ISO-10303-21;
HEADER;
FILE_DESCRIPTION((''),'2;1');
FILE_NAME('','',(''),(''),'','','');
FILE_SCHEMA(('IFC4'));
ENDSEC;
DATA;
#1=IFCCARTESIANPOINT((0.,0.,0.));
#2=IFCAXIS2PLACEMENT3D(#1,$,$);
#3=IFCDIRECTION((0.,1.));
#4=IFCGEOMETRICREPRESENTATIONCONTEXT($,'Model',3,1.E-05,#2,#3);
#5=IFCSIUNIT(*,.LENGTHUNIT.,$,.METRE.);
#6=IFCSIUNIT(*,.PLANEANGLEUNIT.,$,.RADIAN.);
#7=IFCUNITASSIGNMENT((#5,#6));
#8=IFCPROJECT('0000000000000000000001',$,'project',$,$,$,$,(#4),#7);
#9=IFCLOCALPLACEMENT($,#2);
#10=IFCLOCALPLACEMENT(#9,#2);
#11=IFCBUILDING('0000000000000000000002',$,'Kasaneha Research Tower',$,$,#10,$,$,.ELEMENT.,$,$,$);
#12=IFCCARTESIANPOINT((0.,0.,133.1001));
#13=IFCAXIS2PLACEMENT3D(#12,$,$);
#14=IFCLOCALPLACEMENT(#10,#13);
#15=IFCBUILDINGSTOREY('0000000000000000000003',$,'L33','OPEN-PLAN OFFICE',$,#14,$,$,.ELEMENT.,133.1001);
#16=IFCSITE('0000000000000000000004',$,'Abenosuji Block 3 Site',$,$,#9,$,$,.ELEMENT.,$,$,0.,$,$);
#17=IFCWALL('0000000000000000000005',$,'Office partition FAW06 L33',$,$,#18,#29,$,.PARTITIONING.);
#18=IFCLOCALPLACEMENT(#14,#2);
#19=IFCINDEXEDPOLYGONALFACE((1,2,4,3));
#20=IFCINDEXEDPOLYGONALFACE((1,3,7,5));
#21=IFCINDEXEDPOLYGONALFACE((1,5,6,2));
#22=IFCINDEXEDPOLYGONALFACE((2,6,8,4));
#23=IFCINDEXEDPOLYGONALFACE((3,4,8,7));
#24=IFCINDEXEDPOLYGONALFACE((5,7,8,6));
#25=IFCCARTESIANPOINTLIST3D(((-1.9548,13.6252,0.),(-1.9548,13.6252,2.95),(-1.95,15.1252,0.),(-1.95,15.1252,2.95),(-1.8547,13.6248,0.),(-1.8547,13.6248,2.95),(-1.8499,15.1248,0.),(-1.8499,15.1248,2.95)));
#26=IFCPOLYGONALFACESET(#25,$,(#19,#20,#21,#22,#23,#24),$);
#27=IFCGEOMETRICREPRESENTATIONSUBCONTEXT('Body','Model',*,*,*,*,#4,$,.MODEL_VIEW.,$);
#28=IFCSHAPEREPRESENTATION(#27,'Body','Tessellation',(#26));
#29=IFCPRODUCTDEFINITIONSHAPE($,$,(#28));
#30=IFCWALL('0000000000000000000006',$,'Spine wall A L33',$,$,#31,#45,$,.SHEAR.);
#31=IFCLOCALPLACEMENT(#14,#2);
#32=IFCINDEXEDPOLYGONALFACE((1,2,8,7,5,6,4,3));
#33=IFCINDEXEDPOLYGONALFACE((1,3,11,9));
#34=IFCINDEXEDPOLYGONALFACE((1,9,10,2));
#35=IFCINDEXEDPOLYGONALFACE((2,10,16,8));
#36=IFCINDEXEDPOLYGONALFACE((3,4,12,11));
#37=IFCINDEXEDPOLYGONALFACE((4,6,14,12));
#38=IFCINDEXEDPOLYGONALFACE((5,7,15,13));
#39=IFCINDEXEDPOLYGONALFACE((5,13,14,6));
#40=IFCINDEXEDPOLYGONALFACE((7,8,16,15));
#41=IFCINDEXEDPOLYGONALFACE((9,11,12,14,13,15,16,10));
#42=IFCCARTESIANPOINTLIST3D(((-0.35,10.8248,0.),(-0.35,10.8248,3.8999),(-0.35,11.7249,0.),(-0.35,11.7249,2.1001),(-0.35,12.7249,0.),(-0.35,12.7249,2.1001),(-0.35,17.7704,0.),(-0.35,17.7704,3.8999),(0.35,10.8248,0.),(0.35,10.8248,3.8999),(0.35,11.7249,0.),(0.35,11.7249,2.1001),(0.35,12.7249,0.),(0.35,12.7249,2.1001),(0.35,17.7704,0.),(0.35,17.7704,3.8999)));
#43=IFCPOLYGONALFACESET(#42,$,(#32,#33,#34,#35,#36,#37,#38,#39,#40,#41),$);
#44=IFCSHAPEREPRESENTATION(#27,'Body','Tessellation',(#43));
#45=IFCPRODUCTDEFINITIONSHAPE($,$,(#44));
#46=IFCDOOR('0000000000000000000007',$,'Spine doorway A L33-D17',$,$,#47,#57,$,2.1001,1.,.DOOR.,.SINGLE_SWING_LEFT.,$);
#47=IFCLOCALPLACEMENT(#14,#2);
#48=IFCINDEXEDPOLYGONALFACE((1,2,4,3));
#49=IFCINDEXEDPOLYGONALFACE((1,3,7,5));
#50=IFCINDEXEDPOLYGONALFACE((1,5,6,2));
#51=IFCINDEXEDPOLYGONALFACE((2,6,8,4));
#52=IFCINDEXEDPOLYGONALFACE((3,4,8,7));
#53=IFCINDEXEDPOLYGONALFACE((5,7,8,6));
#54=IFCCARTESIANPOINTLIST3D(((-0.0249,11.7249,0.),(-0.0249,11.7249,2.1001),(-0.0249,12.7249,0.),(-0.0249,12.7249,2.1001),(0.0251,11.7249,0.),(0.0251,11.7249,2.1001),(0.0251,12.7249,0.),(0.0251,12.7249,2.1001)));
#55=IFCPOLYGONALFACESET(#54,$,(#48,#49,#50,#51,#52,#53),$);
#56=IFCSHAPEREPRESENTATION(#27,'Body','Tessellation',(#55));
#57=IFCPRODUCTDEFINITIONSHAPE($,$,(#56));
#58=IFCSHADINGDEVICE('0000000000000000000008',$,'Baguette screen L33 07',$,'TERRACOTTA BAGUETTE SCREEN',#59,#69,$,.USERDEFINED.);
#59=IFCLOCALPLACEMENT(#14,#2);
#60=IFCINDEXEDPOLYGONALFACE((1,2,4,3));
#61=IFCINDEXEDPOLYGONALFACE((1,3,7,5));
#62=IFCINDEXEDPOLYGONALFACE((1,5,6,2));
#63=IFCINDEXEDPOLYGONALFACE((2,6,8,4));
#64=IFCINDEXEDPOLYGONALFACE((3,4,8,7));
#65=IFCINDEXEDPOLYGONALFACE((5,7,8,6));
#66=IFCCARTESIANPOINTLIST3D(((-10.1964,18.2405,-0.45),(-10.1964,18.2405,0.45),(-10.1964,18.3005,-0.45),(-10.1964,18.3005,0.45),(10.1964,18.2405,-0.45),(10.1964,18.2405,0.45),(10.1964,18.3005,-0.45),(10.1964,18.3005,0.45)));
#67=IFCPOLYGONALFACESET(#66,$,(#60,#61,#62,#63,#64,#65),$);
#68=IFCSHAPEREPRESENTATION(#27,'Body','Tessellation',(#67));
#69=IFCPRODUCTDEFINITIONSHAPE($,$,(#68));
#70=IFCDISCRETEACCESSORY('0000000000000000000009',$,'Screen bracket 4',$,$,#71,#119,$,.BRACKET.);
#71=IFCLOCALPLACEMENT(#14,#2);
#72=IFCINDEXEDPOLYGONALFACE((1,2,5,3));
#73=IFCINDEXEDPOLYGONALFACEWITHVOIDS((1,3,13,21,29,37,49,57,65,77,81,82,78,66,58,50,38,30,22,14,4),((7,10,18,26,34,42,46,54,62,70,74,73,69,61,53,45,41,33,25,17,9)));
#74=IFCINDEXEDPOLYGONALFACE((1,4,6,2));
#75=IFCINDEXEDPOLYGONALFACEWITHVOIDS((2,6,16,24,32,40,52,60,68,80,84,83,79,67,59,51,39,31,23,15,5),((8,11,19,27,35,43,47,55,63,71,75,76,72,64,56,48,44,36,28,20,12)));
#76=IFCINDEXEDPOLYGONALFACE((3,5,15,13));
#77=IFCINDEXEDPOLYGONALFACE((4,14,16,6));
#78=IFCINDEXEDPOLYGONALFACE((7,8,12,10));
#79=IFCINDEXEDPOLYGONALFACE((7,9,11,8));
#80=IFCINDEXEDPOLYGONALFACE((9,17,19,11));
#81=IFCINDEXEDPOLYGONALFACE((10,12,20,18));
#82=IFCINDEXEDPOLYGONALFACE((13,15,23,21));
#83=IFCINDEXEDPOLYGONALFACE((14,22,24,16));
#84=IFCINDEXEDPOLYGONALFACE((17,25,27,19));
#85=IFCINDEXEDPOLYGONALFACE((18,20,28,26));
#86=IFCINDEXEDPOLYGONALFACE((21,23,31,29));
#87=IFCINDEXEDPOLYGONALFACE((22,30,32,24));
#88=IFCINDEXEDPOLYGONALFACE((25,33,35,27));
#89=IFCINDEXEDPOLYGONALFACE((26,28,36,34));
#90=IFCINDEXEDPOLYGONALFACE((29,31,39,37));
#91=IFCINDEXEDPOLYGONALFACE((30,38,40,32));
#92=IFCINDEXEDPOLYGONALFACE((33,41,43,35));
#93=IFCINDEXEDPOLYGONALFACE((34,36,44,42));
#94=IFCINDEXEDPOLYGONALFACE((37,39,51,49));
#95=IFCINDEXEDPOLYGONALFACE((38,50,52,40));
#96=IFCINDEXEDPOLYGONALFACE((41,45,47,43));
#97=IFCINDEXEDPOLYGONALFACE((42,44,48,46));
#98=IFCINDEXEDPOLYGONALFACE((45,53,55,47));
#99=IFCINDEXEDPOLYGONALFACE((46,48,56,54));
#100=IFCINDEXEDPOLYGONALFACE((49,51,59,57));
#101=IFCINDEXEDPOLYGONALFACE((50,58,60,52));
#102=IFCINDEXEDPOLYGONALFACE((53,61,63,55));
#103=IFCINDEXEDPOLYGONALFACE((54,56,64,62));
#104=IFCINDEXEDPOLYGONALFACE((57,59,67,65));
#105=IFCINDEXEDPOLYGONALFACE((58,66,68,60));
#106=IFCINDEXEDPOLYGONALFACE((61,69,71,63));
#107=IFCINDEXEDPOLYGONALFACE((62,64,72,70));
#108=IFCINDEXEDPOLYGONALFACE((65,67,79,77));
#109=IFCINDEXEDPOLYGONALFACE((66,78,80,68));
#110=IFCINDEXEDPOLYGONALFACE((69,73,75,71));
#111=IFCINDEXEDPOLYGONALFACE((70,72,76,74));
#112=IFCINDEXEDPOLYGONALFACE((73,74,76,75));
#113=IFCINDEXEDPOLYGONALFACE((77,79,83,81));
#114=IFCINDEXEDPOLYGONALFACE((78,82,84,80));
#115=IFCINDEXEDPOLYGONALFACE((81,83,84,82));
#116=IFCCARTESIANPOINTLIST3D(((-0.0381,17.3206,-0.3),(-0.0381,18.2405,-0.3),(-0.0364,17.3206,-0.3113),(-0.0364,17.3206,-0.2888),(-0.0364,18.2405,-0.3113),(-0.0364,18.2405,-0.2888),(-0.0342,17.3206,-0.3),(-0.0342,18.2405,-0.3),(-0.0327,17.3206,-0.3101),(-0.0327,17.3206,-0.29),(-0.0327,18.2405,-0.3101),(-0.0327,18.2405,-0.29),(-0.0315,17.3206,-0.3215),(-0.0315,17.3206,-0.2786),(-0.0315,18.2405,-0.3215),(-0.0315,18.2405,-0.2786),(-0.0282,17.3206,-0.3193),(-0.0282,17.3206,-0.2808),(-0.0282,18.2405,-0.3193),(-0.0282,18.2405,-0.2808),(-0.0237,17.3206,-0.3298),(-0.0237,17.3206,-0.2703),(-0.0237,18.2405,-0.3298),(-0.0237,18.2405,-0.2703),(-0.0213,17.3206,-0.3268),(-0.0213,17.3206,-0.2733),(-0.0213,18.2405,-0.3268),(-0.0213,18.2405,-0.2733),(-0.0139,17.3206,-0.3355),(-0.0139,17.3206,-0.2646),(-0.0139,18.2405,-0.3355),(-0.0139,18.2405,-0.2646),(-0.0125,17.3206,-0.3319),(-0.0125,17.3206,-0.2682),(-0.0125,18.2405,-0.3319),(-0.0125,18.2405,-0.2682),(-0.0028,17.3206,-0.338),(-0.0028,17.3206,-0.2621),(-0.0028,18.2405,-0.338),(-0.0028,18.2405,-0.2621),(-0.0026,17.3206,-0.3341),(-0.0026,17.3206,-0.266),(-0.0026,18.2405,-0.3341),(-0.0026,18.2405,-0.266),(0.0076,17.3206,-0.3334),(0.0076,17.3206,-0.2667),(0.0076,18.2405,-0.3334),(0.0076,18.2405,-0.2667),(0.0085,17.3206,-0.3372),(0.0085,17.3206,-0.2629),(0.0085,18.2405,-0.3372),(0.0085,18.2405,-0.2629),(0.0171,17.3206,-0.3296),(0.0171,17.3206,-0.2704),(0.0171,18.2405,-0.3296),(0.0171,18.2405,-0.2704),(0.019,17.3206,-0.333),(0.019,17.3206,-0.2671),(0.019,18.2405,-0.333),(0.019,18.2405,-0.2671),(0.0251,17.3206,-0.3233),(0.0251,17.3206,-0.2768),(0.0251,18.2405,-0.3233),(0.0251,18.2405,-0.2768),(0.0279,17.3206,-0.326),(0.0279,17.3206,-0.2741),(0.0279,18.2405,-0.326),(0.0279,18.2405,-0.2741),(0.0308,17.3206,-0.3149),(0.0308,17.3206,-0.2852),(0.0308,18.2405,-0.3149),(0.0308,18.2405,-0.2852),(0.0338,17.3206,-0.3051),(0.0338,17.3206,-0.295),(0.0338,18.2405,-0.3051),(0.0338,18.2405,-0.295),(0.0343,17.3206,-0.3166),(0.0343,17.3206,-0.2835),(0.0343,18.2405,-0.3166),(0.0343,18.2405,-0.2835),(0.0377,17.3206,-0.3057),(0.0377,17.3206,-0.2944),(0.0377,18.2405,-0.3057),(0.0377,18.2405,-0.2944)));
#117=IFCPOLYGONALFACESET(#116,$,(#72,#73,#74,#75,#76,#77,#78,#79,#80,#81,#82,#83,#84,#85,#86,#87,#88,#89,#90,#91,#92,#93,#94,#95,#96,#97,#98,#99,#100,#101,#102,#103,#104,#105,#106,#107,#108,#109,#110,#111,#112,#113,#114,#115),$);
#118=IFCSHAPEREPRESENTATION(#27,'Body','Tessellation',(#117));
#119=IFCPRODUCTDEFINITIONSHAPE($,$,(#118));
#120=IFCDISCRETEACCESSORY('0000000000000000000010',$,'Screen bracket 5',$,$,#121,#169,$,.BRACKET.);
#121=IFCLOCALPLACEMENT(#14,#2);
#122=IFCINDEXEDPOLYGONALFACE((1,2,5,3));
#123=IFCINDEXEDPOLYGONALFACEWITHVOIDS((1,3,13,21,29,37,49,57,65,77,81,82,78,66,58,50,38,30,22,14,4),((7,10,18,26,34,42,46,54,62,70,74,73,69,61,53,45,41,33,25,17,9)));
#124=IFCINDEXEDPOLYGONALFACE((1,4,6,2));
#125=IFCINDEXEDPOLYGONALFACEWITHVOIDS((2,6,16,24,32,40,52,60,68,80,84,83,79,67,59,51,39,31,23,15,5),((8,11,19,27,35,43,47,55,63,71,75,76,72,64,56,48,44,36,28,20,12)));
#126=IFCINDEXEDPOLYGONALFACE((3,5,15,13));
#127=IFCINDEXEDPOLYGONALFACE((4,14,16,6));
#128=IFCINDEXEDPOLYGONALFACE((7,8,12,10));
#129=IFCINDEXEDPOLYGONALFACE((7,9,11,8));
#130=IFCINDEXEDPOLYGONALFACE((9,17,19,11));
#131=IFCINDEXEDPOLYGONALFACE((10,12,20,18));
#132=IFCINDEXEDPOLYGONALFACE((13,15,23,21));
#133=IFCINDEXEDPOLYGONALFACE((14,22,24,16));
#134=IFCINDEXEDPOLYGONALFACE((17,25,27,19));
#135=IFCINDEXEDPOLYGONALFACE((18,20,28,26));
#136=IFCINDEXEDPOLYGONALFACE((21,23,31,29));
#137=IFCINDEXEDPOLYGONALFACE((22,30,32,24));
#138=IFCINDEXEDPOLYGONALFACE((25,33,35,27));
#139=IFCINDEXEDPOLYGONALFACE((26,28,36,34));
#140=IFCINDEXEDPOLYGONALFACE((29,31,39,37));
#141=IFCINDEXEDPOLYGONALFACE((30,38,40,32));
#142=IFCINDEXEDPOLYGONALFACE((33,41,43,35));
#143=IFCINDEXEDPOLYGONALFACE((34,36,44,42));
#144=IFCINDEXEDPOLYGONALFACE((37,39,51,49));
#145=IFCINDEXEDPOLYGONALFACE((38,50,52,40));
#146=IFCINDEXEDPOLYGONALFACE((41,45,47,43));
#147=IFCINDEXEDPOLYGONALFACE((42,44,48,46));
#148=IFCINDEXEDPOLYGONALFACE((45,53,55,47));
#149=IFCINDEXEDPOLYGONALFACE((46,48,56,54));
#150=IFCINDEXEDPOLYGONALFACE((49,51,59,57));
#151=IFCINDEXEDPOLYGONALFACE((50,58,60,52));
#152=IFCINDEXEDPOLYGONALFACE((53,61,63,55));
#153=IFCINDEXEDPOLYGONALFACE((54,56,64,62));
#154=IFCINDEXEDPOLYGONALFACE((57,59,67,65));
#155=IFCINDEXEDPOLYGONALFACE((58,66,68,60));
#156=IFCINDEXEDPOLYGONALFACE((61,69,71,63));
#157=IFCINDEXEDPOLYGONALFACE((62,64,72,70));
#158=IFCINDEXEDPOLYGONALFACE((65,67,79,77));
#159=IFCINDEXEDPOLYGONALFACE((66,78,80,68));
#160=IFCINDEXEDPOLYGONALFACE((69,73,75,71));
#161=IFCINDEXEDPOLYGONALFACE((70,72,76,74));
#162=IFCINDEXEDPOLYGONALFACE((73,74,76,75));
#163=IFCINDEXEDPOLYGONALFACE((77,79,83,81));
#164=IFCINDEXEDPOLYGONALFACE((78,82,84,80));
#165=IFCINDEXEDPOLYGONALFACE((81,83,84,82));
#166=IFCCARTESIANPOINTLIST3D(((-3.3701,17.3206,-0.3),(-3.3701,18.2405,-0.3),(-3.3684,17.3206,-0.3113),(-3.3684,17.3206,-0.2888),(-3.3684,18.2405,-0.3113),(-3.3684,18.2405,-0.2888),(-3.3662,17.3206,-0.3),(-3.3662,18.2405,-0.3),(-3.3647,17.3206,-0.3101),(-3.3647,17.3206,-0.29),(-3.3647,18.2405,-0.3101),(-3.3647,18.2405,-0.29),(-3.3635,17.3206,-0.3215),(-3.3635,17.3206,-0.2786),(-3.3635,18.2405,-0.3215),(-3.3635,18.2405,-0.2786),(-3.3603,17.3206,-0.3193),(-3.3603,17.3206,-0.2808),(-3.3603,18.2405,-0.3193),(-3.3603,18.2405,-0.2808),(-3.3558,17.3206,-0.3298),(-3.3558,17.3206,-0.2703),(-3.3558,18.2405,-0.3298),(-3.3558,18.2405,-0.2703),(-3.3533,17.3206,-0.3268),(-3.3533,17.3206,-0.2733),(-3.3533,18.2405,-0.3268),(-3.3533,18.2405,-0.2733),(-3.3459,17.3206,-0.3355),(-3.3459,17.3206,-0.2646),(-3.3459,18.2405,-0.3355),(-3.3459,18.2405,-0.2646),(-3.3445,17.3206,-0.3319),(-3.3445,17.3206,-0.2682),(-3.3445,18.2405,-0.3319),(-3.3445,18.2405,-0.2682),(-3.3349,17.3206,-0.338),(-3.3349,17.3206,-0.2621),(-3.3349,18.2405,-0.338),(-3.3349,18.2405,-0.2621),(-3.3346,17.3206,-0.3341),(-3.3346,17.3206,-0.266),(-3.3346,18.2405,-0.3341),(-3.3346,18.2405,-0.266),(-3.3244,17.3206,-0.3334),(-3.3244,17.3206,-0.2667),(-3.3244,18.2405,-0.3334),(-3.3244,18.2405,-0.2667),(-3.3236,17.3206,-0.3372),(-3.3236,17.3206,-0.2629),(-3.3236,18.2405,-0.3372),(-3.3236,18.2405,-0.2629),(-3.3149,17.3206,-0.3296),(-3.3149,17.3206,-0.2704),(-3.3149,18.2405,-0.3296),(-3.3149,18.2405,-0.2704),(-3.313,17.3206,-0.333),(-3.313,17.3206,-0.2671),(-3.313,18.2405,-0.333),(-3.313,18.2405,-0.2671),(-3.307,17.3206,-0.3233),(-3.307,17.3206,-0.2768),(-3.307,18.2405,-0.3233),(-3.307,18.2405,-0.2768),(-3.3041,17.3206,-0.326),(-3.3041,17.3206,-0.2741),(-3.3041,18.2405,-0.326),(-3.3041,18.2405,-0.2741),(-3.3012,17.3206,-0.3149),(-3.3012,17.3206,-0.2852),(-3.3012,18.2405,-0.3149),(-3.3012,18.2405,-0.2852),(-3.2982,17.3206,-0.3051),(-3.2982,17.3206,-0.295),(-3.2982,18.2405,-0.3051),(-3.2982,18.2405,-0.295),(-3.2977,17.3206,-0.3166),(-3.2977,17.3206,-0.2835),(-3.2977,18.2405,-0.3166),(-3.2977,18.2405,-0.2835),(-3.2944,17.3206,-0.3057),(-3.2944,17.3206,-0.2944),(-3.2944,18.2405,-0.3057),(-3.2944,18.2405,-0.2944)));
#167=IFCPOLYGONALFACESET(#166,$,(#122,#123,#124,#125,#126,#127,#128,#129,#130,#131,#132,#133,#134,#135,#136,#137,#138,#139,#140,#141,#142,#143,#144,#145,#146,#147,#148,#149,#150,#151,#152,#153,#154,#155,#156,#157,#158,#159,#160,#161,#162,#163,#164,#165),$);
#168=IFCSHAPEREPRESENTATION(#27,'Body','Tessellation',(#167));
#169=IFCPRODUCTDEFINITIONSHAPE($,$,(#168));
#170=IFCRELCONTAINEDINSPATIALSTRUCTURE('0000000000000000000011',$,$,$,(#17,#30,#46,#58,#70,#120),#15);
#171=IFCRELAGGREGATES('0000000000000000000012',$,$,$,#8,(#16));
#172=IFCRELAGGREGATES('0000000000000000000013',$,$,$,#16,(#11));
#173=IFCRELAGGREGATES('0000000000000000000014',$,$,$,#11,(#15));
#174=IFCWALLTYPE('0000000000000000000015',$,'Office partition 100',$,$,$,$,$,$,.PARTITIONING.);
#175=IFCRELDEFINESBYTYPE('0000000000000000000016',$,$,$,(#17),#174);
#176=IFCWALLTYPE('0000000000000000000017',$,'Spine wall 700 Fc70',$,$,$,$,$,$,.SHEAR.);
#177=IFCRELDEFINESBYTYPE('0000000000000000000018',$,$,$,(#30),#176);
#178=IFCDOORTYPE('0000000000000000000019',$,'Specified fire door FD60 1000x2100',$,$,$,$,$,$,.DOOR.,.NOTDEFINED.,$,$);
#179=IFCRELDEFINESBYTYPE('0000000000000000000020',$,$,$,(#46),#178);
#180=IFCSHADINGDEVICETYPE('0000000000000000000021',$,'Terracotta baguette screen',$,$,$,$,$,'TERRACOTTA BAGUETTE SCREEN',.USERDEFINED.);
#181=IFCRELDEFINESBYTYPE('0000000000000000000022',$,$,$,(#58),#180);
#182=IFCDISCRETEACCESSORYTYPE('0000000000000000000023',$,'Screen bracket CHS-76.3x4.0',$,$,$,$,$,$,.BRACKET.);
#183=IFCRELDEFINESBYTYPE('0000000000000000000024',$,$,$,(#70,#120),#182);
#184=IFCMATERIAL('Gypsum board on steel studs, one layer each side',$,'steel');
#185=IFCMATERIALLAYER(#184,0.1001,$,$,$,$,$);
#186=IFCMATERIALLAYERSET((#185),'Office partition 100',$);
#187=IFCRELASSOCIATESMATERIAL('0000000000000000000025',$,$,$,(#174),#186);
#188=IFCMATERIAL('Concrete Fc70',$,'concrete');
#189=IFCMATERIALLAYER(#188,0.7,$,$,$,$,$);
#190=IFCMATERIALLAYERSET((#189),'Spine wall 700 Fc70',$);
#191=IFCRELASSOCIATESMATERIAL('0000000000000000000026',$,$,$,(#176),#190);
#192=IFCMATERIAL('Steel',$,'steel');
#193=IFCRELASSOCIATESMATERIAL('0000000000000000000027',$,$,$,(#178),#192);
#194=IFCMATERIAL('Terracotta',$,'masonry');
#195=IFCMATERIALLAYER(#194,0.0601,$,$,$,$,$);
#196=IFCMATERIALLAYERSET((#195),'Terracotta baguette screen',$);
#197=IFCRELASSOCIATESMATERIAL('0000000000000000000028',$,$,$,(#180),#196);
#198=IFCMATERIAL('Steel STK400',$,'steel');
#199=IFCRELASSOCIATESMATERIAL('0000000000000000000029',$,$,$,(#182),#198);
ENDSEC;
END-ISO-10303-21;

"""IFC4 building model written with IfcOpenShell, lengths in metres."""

from ifc_helpers import new_model, si_unit, direction, frame, frame_2d, origin, origin_2d, place, context, subcontext, project, spatial, rectangle, hollow_circle, extrude, material, layer, layer_set, material_profile, profile_set, type_object, element, fill, save


model = new_model("IFC4")

# Units and contexts
model_context = context("Model", 3, precision=1e-05, world=origin(), true_north=direction((0.0, 1.0)))
body_context = subcontext(model_context, "Body", "Model", "MODEL_VIEW")
ifc_project = project(units=[si_unit("LENGTHUNIT", "METRE"), si_unit("PLANEANGLEUNIT", "RADIAN")], contexts=[model_context])

# Site, building, storey
site_placement = place(None, origin())
site = spatial("IfcSite", under=ifc_project, at=site_placement, Name="Abenosuji Block 3 Site", CompositionType="ELEMENT", RefElevation=0.0)
building_placement = place(site_placement, origin())
building = spatial("IfcBuilding", under=site, at=building_placement, Name="Kasaneha Research Tower", CompositionType="ELEMENT")
storey_placement = place(building_placement, frame((0.0, 0.0, 133.1001)))
storey = spatial("IfcBuildingStorey", under=building, at=storey_placement, Name="L33", Description="OPEN-PLAN OFFICE", CompositionType="ELEMENT", Elevation=133.1001)

# Shared definitions
ifc_material_1 = material(Name="Gypsum board on steel studs, one layer each side", Category="steel")
ifc_layer_1 = layer(ifc_material_1, 0.1001)
ifc_layer_set_1 = layer_set([ifc_layer_1], Name="Office partition 100")
wall_type_1 = type_object("IfcWallType", Name="Office partition 100", PredefinedType="PARTITIONING", material=ifc_layer_set_1)

# Wall
for number, where, z_axis, x_axis, name in (
    (1, (-1.8999, 15.125, 0.0), (0.0, 0.0, 1.0), (-0.003255, -0.999995, 0.0), "Office partition FAW06 L33"),
):
    element("IfcWall", number, at=place(storey_placement, frame(where, z_axis=z_axis, x_axis=x_axis)), inside=storey, type_object=wall_type_1, Name=name, PredefinedType="PARTITIONING", context=body_context, shape_type="SweptSolid", body=[
        extrude(rectangle(XDim=1.5, YDim=0.1001, at=frame_2d((0.75, 0.0))), origin(), (0.0, 0.0, 1.0), 2.95),
    ])

# Wall, opening, door
ifc_material_2 = material(Name="Concrete Fc70", Category="concrete")
ifc_layer_2 = layer(ifc_material_2, 0.7)
ifc_layer_set_2 = layer_set([ifc_layer_2], Name="Spine wall 700 Fc70")
wall_type_2 = type_object("IfcWallType", Name="Spine wall 700 Fc70", PredefinedType="SHEAR", material=ifc_layer_set_2)
wall_1_placement = place(storey_placement, frame((0.0, 10.825, 0.0), z_axis=(0.0, 0.0, 1.0), x_axis=(0.0, 1.0, 0.0)))
wall_1 = element("IfcWall", 2, at=wall_1_placement, inside=storey, type_object=wall_type_2, Name="Spine wall A L33", PredefinedType="SHEAR", context=body_context, shape_type="SweptSolid", body=[
    extrude(rectangle(XDim=6.9456, YDim=0.7, at=frame_2d((3.4727, 0.0))), origin(), (0.0, 0.0, 1.0), 3.8999),
])
opening_1_placement = place(wall_1_placement, frame((0.8999, 0.0, 0.0)))
opening_1 = element("IfcOpeningElement", 3, at=opening_1_placement, cuts=wall_1, PredefinedType="OPENING", context=body_context, shape_type="SweptSolid", body=[
    extrude(rectangle(XDim=1.0, YDim=2.1001, at=frame_2d((0.5, 1.05))), frame((0.0, 0.3599, 0.0), z_axis=(0.0, -1.0, 0.0), x_axis=(1.0, 0.0, 0.0)), (0.0, 0.0, 1.0), 0.72),
])
ifc_material_3 = material(Name="Steel", Category="steel")
door_type_1 = type_object("IfcDoorType", Name="Specified fire door FD60 1000x2100", OperationType="NOTDEFINED", PredefinedType="DOOR", material=ifc_material_3)
door_1_placement = place(opening_1_placement, origin())
door_1 = element("IfcDoor", 4, at=door_1_placement, inside=storey, type_object=door_type_1, Name="Spine doorway A L33-D17", OperationType="SINGLE_SWING_LEFT", OverallHeight=2.1001, OverallWidth=1.0, PredefinedType="DOOR", context=body_context, shape_type="SweptSolid", body=[
    extrude(rectangle(XDim=1.0, YDim=2.1001, at=frame_2d((0.5, 1.05))), frame((0.0, 0.0249, 0.0), z_axis=(0.0, -1.0, 0.0), x_axis=(1.0, 0.0, 0.0)), (0.0, 0.0, 1.0), 0.05),
])
fill(opening_1, door_1)

# Shading device
ifc_material_4 = material(Name="Terracotta", Category="masonry")
ifc_layer_3 = layer(ifc_material_4, 0.0601)
ifc_layer_set_3 = layer_set([ifc_layer_3], Name="Terracotta baguette screen")
shading_device_type = type_object("IfcShadingDeviceType", Name="Terracotta baguette screen", ElementType="TERRACOTTA BAGUETTE SCREEN", PredefinedType="USERDEFINED", material=ifc_layer_set_3)
shading_device_placement = place(storey_placement, frame((0.0, 18.2705, -0.45), z_axis=(0.0, 0.0, 1.0), x_axis=(-1.0, 0.0, 0.0)))
element("IfcShadingDevice", 5, at=shading_device_placement, inside=storey, type_object=shading_device_type, Name="Baguette screen L33 07", ObjectType="TERRACOTTA BAGUETTE SCREEN", PredefinedType="USERDEFINED", context=body_context, shape_type="SweptSolid", body=[
    extrude(rectangle(XDim=20.3928, YDim=0.0601, at=origin_2d()), origin(), (0.0, 0.0, 1.0), 0.8999),
])

# Discrete accessories
ifc_material_5 = material(Name="Steel STK400", Category="steel")
ifc_material_profile_1 = material_profile(ifc_material_5, hollow_circle(Radius=0.0381, WallThickness=0.0039, at=origin_2d()), Name="CHS-76.3x4.0")
ifc_profile_set_1 = profile_set([ifc_material_profile_1], Name="Steel STK400")
discrete_accessory_type = type_object("IfcDiscreteAccessoryType", Name="Screen bracket CHS-76.3x4.0", PredefinedType="BRACKET", material=ifc_profile_set_1)
for number, where, z_axis, x_axis, name in (
    (6, (0.0, 17.3206, -0.3), (0.0, 1.0, 0.0), (-1.0, 0.0, 0.0), "Screen bracket 4"),
    (7, (-3.332, 17.3206, -0.3), (0.0, 1.0, 0.0), (-1.0, 0.0, 0.0), "Screen bracket 5"),
):
    element("IfcDiscreteAccessory", number, at=place(storey_placement, frame(where, z_axis=z_axis, x_axis=x_axis)), inside=storey, type_object=discrete_accessory_type, Name=name, PredefinedType="BRACKET", context=body_context, shape_type="SweptSolid", body=[
        extrude(hollow_circle(Radius=0.0381, WallThickness=0.0039, at=origin_2d()), origin(), (0.0, 0.0, 1.0), 0.9199),
    ])

save(model, "model.ifc")
